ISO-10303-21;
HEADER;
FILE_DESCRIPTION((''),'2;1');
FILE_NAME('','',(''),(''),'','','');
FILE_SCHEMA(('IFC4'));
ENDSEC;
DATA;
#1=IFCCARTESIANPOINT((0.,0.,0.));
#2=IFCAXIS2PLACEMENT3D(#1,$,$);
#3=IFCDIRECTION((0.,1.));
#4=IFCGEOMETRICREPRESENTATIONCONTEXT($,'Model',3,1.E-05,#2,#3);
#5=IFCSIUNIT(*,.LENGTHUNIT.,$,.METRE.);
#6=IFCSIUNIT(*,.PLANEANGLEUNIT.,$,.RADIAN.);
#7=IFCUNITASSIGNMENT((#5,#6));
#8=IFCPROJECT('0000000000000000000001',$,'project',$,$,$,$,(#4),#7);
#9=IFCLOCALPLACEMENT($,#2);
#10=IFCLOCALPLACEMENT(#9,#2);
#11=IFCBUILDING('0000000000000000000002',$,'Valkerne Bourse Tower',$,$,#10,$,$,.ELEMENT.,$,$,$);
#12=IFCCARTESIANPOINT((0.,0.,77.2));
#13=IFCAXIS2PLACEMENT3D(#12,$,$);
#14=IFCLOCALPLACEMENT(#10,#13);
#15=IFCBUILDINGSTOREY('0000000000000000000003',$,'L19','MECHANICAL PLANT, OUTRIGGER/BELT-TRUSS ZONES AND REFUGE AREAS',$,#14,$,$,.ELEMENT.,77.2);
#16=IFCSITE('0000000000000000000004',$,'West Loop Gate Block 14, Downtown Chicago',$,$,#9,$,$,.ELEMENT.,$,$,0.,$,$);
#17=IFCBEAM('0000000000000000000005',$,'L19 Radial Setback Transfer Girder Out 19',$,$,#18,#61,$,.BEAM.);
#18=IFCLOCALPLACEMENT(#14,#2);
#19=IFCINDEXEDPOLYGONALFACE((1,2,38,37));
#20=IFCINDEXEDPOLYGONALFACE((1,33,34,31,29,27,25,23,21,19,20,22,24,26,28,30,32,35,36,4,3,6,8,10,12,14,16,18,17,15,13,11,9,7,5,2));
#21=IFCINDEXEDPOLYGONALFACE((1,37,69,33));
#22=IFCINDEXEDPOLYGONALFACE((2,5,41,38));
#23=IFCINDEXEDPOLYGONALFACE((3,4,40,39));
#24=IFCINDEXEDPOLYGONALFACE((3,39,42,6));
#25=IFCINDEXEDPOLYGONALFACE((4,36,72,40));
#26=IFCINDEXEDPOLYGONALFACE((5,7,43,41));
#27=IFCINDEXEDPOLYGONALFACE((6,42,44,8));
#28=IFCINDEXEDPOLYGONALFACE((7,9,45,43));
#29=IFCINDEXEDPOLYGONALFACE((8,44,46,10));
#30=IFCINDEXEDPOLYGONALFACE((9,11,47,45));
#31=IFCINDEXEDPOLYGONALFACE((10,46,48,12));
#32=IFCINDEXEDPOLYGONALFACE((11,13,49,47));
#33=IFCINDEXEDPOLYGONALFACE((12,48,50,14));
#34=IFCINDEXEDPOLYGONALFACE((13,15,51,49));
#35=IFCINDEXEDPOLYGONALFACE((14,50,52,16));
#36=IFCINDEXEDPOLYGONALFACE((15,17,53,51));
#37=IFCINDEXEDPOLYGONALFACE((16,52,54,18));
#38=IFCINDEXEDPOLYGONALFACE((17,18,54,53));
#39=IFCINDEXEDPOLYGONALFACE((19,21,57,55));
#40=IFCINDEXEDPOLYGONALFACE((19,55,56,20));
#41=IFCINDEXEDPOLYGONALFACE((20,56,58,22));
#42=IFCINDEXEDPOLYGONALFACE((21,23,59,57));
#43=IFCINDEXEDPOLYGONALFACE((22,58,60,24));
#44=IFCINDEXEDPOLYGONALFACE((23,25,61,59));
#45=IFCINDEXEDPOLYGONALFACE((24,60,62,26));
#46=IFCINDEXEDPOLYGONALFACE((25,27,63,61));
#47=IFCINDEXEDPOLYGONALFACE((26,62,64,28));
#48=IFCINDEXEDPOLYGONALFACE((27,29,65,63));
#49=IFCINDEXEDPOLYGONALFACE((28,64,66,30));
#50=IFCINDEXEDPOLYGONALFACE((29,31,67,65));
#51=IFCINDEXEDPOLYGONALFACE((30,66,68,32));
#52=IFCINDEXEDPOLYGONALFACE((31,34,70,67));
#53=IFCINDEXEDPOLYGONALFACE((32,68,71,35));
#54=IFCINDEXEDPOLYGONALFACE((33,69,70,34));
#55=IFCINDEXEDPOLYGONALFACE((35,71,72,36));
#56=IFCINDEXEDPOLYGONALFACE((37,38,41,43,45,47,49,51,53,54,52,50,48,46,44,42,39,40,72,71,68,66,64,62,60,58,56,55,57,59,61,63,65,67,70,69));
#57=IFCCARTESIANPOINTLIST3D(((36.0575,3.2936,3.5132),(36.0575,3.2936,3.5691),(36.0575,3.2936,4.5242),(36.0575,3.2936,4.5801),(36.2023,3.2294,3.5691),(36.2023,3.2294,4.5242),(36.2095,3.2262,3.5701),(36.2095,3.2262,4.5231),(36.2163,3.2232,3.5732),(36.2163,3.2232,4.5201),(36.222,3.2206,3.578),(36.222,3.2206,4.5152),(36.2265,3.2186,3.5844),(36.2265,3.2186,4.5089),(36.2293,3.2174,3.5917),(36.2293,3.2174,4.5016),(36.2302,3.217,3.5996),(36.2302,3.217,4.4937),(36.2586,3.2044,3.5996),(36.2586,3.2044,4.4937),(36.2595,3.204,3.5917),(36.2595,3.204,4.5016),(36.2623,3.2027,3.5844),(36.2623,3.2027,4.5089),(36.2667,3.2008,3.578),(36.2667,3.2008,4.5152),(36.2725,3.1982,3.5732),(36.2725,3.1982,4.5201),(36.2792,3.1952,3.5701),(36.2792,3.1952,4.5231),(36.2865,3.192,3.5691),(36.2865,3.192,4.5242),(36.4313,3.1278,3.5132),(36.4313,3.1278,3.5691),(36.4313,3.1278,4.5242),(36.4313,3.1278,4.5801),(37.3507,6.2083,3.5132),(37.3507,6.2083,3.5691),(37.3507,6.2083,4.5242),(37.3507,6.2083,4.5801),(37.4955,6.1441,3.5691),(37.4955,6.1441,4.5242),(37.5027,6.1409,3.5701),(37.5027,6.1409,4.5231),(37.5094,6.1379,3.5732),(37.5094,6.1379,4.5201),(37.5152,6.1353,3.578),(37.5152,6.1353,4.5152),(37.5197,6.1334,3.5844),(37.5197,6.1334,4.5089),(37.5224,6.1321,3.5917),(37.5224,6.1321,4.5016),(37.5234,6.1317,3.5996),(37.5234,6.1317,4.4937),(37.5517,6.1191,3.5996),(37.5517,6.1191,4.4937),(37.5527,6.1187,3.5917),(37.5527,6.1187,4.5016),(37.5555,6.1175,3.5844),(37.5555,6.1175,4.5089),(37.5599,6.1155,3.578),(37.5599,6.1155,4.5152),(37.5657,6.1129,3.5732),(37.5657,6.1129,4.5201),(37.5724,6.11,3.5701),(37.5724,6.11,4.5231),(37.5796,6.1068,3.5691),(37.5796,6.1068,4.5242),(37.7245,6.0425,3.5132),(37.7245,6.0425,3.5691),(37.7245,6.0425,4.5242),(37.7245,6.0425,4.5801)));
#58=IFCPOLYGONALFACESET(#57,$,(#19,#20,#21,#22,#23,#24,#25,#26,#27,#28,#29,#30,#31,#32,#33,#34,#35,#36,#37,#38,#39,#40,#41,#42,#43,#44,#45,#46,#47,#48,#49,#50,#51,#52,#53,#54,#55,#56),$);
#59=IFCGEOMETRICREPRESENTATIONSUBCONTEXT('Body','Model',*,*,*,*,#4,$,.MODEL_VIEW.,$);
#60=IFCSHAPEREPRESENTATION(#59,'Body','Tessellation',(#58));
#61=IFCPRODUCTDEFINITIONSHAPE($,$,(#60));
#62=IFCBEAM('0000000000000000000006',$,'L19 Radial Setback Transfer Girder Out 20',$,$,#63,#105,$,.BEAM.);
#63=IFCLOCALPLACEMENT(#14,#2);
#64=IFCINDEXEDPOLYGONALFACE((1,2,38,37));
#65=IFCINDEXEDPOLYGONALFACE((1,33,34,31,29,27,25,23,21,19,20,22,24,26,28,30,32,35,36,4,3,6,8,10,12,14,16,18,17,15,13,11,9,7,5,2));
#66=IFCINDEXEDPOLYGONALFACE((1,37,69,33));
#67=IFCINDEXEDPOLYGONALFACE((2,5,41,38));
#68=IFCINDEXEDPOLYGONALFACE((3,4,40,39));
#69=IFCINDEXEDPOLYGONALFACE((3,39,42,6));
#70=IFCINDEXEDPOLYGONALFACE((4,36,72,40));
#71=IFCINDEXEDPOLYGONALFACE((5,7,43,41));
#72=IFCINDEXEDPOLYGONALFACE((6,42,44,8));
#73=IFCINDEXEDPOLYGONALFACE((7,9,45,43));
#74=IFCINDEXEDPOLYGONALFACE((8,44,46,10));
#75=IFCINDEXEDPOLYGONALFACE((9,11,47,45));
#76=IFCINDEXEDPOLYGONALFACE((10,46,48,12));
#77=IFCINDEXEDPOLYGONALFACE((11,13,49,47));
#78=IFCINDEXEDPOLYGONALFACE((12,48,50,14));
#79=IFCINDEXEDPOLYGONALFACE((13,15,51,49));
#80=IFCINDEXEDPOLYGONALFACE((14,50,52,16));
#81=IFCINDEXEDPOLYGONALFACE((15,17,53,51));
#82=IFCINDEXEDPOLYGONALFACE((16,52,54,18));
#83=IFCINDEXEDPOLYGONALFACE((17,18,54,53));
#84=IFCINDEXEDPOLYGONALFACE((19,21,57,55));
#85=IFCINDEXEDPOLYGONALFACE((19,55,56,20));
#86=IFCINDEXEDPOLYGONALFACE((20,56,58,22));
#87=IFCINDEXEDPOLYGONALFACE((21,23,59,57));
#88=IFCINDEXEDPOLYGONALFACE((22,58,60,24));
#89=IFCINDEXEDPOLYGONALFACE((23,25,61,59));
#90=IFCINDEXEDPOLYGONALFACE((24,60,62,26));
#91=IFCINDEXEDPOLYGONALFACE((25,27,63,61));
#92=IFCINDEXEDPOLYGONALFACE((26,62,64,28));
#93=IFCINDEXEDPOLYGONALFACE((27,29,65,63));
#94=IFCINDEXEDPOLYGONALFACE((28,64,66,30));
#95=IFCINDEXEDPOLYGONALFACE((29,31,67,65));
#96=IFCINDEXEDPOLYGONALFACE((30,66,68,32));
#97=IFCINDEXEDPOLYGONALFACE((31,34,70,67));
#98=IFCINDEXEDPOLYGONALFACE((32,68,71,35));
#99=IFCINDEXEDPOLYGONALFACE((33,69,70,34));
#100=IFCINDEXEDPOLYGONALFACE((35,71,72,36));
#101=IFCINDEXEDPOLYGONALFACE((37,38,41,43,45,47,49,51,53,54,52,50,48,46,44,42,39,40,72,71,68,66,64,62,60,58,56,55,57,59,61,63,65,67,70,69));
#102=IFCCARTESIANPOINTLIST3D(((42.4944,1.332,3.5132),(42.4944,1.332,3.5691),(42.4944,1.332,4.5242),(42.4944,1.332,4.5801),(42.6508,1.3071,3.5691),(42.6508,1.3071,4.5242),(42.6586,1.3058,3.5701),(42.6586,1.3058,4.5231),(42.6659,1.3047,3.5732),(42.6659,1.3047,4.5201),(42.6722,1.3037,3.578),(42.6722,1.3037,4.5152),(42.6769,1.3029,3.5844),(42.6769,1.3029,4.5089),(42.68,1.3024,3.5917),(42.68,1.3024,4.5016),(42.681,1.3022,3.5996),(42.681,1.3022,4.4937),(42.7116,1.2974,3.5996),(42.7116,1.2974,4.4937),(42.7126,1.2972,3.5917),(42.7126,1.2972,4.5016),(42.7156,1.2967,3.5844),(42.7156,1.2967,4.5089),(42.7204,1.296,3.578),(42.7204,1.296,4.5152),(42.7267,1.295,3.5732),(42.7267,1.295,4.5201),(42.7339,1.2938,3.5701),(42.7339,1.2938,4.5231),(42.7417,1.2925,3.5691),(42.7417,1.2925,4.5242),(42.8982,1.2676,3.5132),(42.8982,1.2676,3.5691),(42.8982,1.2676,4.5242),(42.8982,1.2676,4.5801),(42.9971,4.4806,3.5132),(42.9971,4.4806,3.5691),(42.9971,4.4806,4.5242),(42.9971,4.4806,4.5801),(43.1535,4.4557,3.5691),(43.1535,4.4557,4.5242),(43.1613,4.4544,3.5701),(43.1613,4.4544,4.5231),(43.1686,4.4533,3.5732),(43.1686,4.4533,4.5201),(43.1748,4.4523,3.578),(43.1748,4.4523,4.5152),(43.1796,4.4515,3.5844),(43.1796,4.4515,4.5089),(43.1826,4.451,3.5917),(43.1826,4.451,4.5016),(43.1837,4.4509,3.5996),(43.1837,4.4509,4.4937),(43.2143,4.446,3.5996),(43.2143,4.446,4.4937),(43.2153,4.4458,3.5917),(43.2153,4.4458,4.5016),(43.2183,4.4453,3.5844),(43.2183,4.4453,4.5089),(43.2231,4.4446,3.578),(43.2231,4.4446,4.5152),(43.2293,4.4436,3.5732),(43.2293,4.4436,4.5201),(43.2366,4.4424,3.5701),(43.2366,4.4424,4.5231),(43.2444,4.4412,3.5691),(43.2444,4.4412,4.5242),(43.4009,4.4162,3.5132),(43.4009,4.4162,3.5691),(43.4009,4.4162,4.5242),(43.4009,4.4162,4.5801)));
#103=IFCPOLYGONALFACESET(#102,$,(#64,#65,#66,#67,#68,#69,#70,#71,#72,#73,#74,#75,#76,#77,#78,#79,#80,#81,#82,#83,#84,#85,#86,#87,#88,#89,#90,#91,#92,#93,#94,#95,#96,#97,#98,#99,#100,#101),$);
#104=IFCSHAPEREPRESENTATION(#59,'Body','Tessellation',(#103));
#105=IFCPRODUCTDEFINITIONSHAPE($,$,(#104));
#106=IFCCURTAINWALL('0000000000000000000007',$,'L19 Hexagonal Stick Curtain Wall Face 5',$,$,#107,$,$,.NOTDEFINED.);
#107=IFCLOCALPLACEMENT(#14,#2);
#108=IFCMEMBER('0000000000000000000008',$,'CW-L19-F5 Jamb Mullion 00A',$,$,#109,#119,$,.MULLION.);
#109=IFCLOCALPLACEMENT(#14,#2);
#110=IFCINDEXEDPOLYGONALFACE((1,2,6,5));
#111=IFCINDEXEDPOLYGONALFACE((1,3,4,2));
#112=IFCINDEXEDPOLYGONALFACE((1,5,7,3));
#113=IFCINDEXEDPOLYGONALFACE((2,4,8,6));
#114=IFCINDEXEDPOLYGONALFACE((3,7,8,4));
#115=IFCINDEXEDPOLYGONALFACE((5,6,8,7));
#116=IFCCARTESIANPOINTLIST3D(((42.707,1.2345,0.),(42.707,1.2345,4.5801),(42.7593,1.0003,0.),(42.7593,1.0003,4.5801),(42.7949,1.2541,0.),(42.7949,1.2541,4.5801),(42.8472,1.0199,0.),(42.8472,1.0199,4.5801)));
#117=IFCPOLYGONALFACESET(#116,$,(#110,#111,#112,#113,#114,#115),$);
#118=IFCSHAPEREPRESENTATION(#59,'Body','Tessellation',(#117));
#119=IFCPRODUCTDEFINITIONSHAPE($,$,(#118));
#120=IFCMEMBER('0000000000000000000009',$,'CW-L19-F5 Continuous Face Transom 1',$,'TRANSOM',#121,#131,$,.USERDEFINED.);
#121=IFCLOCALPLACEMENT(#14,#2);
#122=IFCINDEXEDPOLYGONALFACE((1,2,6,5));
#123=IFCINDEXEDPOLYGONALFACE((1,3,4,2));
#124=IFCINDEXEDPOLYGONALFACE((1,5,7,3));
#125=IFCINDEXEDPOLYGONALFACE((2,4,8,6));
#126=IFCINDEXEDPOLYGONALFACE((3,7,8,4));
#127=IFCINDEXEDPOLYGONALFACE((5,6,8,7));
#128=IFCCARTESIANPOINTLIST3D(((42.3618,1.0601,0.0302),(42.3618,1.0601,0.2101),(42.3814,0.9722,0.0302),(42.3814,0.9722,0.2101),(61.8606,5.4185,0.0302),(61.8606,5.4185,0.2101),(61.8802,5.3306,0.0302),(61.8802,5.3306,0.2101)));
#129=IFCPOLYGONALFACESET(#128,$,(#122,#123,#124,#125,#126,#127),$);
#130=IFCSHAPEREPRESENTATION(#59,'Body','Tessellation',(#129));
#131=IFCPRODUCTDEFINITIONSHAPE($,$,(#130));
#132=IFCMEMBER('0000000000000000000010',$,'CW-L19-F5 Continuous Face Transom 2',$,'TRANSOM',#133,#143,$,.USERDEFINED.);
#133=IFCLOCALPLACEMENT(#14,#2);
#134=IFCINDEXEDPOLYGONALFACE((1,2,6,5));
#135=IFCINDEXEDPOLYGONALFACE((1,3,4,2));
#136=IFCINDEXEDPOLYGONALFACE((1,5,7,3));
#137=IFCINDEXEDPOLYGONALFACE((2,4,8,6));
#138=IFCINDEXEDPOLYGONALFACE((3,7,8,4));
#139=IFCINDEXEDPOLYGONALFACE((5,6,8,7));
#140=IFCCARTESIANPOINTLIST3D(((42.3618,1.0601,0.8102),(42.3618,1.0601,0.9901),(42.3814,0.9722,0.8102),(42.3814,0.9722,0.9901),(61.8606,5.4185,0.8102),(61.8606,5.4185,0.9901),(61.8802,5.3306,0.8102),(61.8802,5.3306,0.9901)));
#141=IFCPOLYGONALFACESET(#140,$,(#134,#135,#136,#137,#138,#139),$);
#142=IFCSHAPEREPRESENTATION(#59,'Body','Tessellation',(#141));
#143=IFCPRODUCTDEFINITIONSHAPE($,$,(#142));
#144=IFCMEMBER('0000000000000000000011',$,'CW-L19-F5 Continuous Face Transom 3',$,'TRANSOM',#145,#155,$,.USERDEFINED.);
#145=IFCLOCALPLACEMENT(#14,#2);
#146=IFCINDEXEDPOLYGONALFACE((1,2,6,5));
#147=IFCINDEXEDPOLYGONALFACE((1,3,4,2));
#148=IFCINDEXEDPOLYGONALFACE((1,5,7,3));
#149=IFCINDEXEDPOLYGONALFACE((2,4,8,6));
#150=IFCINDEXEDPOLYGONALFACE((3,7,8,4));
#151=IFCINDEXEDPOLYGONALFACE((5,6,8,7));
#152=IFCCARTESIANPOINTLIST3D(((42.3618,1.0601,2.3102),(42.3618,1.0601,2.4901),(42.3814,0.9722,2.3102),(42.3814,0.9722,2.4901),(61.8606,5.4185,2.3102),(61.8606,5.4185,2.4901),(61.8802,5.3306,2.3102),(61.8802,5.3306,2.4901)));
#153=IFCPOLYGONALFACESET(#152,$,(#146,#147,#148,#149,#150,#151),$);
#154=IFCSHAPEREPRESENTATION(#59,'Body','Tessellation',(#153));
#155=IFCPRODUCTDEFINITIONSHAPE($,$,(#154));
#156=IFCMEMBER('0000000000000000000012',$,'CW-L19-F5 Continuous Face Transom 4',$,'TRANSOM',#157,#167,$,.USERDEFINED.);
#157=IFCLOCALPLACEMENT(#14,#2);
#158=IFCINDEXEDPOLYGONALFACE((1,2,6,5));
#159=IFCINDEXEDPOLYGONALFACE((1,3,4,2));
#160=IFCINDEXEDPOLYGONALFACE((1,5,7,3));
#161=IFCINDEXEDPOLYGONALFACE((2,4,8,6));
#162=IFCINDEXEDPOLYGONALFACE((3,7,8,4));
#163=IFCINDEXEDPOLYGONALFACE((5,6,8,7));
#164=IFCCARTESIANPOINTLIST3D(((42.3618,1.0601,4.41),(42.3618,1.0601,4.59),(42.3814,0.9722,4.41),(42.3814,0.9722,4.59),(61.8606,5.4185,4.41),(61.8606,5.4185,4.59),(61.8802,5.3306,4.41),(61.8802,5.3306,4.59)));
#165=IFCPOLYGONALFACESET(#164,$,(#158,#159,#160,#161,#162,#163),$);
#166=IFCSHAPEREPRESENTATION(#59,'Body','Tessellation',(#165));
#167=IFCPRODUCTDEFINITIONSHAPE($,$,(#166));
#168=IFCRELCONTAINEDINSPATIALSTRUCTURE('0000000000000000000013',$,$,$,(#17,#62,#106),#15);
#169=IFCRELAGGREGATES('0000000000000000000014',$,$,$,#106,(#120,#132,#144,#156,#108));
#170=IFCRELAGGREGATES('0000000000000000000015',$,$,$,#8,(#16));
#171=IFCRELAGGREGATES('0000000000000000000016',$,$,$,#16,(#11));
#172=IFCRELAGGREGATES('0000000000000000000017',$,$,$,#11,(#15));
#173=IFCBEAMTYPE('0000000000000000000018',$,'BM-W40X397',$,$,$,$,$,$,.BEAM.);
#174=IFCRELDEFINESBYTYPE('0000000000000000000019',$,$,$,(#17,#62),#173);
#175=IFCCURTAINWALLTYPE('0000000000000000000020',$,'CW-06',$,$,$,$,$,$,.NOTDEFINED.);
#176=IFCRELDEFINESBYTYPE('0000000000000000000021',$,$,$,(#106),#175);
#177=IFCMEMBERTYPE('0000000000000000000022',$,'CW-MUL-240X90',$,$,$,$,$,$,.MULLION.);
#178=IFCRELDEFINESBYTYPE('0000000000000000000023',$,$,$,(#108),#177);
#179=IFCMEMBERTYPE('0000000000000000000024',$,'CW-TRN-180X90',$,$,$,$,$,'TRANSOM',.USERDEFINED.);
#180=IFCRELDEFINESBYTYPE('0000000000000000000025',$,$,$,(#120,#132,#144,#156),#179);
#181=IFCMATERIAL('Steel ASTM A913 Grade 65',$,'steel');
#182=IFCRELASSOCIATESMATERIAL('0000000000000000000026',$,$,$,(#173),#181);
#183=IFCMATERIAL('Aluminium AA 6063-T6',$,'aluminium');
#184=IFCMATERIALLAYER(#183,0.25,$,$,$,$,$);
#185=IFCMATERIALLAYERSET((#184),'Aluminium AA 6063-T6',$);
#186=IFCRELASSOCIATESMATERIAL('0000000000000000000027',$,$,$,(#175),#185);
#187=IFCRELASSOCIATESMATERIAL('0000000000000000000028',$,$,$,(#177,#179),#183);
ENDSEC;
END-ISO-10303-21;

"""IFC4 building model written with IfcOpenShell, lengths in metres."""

from ifc_helpers import new_model, si_unit, direction, frame, origin, origin_2d, place, context, subcontext, project, spatial, rectangle, i_section, extrude, material, layer, layer_set, material_profile, profile_set, type_object, element, aggregate, save


model = new_model("IFC4")

# Units and contexts
model_context = context("Model", 3, precision=1e-05, world=origin(), true_north=direction((0.0, 1.0)))
body_context = subcontext(model_context, "Body", "Model", "MODEL_VIEW")
ifc_project = project(units=[si_unit("LENGTHUNIT", "METRE"), si_unit("PLANEANGLEUNIT", "RADIAN")], contexts=[model_context])

# Site, building, storey
site_placement = place(None, origin())
site = spatial("IfcSite", under=ifc_project, at=site_placement, Name="West Loop Gate Block 14, Downtown Chicago", CompositionType="ELEMENT", RefElevation=0.0)
building_placement = place(site_placement, origin())
building = spatial("IfcBuilding", under=site, at=building_placement, Name="Valkerne Bourse Tower", CompositionType="ELEMENT")
storey_placement = place(building_placement, frame((0.0, 0.0, 77.2)))
storey = spatial("IfcBuildingStorey", under=building, at=storey_placement, Name="L19", Description="MECHANICAL PLANT, OUTRIGGER/BELT-TRUSS ZONES AND REFUGE AREAS", CompositionType="ELEMENT", Elevation=77.2)

# Shared definitions
ifc_material_1 = material(Name="Steel ASTM A913 Grade 65", Category="steel")

# Beams
ifc_material_profile_1 = material_profile(ifc_material_1, i_section(OverallWidth=0.4089, OverallDepth=1.0669, WebThickness=0.031, FlangeThickness=0.0559, FilletRadius=0.0305, at=origin_2d()), Name="W40X397")
ifc_profile_set_1 = profile_set([ifc_material_profile_1], Name="Steel ASTM A913 Grade 65")
beam_type_1 = type_object("IfcBeamType", Name="BM-W40X397", PredefinedType="BEAM", material=ifc_profile_set_1)
beam_1_placement = place(storey_placement, frame((36.2444, 3.2107, 4.0466), z_axis=(0.405549, 0.914073, 0.0), x_axis=(-0.914073, 0.405549, 0.0)))
element("IfcBeam", 1, at=beam_1_placement, inside=storey, type_object=beam_type_1, Name="L19 Radial Setback Transfer Girder Out 19", PredefinedType="BEAM", context=body_context, shape_type="SweptSolid", body=[
    extrude(i_section(OverallWidth=0.4089, OverallDepth=1.0669, WebThickness=0.031, FlangeThickness=0.0559, FilletRadius=0.0305, at=origin_2d()), origin(), (0.0, 0.0, 1.0), 3.1887),
])
beam_2_placement = place(storey_placement, frame((42.6963, 1.2998, 4.0466), z_axis=(0.157653, 0.987495, 0.0), x_axis=(-0.987495, 0.157653, 0.0)))
element("IfcBeam", 2, at=beam_2_placement, inside=storey, type_object=beam_type_1, Name="L19 Radial Setback Transfer Girder Out 20", PredefinedType="BEAM", context=body_context, shape_type="SweptSolid", body=[
    extrude(i_section(OverallWidth=0.4089, OverallDepth=1.0669, WebThickness=0.031, FlangeThickness=0.0559, FilletRadius=0.0305, at=origin_2d()), origin(), (0.0, 0.0, 1.0), 3.1885),
])

# Curtain wall, members
ifc_material_2 = material(Name="Aluminium AA 6063-T6", Category="aluminium")
ifc_layer_1 = layer(ifc_material_2, 0.25)
ifc_layer_set_1 = layer_set([ifc_layer_1], Name="Aluminium AA 6063-T6")
curtain_wall_type = type_object("IfcCurtainWallType", Name="CW-06", PredefinedType="NOTDEFINED", material=ifc_layer_set_1)
curtain_wall_placement = place(storey_placement, origin())
curtain_wall = element("IfcCurtainWall", 3, at=curtain_wall_placement, inside=storey, type_object=curtain_wall_type, Name="L19 Hexagonal Stick Curtain Wall Face 5", PredefinedType="NOTDEFINED")
ifc_material_profile_2 = material_profile(ifc_material_2, rectangle(XDim=0.0901, YDim=0.24, at=origin_2d()), Name="CWM-90X240")
ifc_profile_set_2 = profile_set([ifc_material_profile_2], Name="Aluminium AA 6063-T6")
member_type_1 = type_object("IfcMemberType", Name="CW-MUL-240X90", PredefinedType="MULLION", material=ifc_profile_set_2)
member_1_placement = place(storey_placement, frame((42.7771, 1.1272, 0.0), z_axis=(0.0, 0.0, 1.0), x_axis=(0.975916, 0.218147, 0.0)))
member_1 = element("IfcMember", 4, at=member_1_placement, type_object=member_type_1, Name="CW-L19-F5 Jamb Mullion 00A", PredefinedType="MULLION", context=body_context, shape_type="SweptSolid", body=[
    extrude(rectangle(XDim=0.0901, YDim=0.24, at=origin_2d()), origin(), (0.0, 0.0, 1.0), 4.5801),
])
ifc_material_profile_3 = material_profile(ifc_material_2, rectangle(XDim=0.0901, YDim=0.1799, at=origin_2d()), Name="CWT-90X180")
ifc_profile_set_3 = profile_set([ifc_material_profile_3], Name="Aluminium AA 6063-T6")
member_type_2 = type_object("IfcMemberType", Name="CW-TRN-180X90", ElementType="TRANSOM", PredefinedType="USERDEFINED", material=ifc_profile_set_3)
member_2_placement = place(storey_placement, frame((42.3716, 1.0161, 0.1201), z_axis=(0.975918, 0.218139, 0.0), x_axis=(-0.218139, 0.975918, 0.0)))
member_2 = element("IfcMember", 5, at=member_2_placement, type_object=member_type_2, Name="CW-L19-F5 Continuous Face Transom 1", ObjectType="TRANSOM", PredefinedType="USERDEFINED", context=body_context, shape_type="SweptSolid", body=[
    extrude(rectangle(XDim=0.0901, YDim=0.1799, at=origin_2d()), origin(), (0.0, 0.0, 1.0), 19.98),
])
member_3_placement = place(storey_placement, frame((42.3716, 1.0161, 0.9001), z_axis=(0.975918, 0.218139, 0.0), x_axis=(-0.218139, 0.975918, 0.0)))
member_3 = element("IfcMember", 6, at=member_3_placement, type_object=member_type_2, Name="CW-L19-F5 Continuous Face Transom 2", ObjectType="TRANSOM", PredefinedType="USERDEFINED", context=body_context, shape_type="SweptSolid", body=[
    extrude(rectangle(XDim=0.0901, YDim=0.1799, at=origin_2d()), origin(), (0.0, 0.0, 1.0), 19.98),
])
member_4_placement = place(storey_placement, frame((42.3716, 1.0161, 2.4001), z_axis=(0.975918, 0.218139, 0.0), x_axis=(-0.218139, 0.975918, 0.0)))
member_4 = element("IfcMember", 7, at=member_4_placement, type_object=member_type_2, Name="CW-L19-F5 Continuous Face Transom 3", ObjectType="TRANSOM", PredefinedType="USERDEFINED", context=body_context, shape_type="SweptSolid", body=[
    extrude(rectangle(XDim=0.0901, YDim=0.1799, at=origin_2d()), origin(), (0.0, 0.0, 1.0), 19.98),
])
member_5_placement = place(storey_placement, frame((42.3716, 1.0161, 4.5), z_axis=(0.975918, 0.218139, 0.0), x_axis=(-0.218139, 0.975918, 0.0)))
member_5 = element("IfcMember", 8, at=member_5_placement, type_object=member_type_2, Name="CW-L19-F5 Continuous Face Transom 4", ObjectType="TRANSOM", PredefinedType="USERDEFINED", context=body_context, shape_type="SweptSolid", body=[
    extrude(rectangle(XDim=0.0901, YDim=0.1799, at=origin_2d()), origin(), (0.0, 0.0, 1.0), 19.98),
])
aggregate(curtain_wall, [member_2, member_3, member_4, member_5, member_1])

save(model, "model.ifc")
